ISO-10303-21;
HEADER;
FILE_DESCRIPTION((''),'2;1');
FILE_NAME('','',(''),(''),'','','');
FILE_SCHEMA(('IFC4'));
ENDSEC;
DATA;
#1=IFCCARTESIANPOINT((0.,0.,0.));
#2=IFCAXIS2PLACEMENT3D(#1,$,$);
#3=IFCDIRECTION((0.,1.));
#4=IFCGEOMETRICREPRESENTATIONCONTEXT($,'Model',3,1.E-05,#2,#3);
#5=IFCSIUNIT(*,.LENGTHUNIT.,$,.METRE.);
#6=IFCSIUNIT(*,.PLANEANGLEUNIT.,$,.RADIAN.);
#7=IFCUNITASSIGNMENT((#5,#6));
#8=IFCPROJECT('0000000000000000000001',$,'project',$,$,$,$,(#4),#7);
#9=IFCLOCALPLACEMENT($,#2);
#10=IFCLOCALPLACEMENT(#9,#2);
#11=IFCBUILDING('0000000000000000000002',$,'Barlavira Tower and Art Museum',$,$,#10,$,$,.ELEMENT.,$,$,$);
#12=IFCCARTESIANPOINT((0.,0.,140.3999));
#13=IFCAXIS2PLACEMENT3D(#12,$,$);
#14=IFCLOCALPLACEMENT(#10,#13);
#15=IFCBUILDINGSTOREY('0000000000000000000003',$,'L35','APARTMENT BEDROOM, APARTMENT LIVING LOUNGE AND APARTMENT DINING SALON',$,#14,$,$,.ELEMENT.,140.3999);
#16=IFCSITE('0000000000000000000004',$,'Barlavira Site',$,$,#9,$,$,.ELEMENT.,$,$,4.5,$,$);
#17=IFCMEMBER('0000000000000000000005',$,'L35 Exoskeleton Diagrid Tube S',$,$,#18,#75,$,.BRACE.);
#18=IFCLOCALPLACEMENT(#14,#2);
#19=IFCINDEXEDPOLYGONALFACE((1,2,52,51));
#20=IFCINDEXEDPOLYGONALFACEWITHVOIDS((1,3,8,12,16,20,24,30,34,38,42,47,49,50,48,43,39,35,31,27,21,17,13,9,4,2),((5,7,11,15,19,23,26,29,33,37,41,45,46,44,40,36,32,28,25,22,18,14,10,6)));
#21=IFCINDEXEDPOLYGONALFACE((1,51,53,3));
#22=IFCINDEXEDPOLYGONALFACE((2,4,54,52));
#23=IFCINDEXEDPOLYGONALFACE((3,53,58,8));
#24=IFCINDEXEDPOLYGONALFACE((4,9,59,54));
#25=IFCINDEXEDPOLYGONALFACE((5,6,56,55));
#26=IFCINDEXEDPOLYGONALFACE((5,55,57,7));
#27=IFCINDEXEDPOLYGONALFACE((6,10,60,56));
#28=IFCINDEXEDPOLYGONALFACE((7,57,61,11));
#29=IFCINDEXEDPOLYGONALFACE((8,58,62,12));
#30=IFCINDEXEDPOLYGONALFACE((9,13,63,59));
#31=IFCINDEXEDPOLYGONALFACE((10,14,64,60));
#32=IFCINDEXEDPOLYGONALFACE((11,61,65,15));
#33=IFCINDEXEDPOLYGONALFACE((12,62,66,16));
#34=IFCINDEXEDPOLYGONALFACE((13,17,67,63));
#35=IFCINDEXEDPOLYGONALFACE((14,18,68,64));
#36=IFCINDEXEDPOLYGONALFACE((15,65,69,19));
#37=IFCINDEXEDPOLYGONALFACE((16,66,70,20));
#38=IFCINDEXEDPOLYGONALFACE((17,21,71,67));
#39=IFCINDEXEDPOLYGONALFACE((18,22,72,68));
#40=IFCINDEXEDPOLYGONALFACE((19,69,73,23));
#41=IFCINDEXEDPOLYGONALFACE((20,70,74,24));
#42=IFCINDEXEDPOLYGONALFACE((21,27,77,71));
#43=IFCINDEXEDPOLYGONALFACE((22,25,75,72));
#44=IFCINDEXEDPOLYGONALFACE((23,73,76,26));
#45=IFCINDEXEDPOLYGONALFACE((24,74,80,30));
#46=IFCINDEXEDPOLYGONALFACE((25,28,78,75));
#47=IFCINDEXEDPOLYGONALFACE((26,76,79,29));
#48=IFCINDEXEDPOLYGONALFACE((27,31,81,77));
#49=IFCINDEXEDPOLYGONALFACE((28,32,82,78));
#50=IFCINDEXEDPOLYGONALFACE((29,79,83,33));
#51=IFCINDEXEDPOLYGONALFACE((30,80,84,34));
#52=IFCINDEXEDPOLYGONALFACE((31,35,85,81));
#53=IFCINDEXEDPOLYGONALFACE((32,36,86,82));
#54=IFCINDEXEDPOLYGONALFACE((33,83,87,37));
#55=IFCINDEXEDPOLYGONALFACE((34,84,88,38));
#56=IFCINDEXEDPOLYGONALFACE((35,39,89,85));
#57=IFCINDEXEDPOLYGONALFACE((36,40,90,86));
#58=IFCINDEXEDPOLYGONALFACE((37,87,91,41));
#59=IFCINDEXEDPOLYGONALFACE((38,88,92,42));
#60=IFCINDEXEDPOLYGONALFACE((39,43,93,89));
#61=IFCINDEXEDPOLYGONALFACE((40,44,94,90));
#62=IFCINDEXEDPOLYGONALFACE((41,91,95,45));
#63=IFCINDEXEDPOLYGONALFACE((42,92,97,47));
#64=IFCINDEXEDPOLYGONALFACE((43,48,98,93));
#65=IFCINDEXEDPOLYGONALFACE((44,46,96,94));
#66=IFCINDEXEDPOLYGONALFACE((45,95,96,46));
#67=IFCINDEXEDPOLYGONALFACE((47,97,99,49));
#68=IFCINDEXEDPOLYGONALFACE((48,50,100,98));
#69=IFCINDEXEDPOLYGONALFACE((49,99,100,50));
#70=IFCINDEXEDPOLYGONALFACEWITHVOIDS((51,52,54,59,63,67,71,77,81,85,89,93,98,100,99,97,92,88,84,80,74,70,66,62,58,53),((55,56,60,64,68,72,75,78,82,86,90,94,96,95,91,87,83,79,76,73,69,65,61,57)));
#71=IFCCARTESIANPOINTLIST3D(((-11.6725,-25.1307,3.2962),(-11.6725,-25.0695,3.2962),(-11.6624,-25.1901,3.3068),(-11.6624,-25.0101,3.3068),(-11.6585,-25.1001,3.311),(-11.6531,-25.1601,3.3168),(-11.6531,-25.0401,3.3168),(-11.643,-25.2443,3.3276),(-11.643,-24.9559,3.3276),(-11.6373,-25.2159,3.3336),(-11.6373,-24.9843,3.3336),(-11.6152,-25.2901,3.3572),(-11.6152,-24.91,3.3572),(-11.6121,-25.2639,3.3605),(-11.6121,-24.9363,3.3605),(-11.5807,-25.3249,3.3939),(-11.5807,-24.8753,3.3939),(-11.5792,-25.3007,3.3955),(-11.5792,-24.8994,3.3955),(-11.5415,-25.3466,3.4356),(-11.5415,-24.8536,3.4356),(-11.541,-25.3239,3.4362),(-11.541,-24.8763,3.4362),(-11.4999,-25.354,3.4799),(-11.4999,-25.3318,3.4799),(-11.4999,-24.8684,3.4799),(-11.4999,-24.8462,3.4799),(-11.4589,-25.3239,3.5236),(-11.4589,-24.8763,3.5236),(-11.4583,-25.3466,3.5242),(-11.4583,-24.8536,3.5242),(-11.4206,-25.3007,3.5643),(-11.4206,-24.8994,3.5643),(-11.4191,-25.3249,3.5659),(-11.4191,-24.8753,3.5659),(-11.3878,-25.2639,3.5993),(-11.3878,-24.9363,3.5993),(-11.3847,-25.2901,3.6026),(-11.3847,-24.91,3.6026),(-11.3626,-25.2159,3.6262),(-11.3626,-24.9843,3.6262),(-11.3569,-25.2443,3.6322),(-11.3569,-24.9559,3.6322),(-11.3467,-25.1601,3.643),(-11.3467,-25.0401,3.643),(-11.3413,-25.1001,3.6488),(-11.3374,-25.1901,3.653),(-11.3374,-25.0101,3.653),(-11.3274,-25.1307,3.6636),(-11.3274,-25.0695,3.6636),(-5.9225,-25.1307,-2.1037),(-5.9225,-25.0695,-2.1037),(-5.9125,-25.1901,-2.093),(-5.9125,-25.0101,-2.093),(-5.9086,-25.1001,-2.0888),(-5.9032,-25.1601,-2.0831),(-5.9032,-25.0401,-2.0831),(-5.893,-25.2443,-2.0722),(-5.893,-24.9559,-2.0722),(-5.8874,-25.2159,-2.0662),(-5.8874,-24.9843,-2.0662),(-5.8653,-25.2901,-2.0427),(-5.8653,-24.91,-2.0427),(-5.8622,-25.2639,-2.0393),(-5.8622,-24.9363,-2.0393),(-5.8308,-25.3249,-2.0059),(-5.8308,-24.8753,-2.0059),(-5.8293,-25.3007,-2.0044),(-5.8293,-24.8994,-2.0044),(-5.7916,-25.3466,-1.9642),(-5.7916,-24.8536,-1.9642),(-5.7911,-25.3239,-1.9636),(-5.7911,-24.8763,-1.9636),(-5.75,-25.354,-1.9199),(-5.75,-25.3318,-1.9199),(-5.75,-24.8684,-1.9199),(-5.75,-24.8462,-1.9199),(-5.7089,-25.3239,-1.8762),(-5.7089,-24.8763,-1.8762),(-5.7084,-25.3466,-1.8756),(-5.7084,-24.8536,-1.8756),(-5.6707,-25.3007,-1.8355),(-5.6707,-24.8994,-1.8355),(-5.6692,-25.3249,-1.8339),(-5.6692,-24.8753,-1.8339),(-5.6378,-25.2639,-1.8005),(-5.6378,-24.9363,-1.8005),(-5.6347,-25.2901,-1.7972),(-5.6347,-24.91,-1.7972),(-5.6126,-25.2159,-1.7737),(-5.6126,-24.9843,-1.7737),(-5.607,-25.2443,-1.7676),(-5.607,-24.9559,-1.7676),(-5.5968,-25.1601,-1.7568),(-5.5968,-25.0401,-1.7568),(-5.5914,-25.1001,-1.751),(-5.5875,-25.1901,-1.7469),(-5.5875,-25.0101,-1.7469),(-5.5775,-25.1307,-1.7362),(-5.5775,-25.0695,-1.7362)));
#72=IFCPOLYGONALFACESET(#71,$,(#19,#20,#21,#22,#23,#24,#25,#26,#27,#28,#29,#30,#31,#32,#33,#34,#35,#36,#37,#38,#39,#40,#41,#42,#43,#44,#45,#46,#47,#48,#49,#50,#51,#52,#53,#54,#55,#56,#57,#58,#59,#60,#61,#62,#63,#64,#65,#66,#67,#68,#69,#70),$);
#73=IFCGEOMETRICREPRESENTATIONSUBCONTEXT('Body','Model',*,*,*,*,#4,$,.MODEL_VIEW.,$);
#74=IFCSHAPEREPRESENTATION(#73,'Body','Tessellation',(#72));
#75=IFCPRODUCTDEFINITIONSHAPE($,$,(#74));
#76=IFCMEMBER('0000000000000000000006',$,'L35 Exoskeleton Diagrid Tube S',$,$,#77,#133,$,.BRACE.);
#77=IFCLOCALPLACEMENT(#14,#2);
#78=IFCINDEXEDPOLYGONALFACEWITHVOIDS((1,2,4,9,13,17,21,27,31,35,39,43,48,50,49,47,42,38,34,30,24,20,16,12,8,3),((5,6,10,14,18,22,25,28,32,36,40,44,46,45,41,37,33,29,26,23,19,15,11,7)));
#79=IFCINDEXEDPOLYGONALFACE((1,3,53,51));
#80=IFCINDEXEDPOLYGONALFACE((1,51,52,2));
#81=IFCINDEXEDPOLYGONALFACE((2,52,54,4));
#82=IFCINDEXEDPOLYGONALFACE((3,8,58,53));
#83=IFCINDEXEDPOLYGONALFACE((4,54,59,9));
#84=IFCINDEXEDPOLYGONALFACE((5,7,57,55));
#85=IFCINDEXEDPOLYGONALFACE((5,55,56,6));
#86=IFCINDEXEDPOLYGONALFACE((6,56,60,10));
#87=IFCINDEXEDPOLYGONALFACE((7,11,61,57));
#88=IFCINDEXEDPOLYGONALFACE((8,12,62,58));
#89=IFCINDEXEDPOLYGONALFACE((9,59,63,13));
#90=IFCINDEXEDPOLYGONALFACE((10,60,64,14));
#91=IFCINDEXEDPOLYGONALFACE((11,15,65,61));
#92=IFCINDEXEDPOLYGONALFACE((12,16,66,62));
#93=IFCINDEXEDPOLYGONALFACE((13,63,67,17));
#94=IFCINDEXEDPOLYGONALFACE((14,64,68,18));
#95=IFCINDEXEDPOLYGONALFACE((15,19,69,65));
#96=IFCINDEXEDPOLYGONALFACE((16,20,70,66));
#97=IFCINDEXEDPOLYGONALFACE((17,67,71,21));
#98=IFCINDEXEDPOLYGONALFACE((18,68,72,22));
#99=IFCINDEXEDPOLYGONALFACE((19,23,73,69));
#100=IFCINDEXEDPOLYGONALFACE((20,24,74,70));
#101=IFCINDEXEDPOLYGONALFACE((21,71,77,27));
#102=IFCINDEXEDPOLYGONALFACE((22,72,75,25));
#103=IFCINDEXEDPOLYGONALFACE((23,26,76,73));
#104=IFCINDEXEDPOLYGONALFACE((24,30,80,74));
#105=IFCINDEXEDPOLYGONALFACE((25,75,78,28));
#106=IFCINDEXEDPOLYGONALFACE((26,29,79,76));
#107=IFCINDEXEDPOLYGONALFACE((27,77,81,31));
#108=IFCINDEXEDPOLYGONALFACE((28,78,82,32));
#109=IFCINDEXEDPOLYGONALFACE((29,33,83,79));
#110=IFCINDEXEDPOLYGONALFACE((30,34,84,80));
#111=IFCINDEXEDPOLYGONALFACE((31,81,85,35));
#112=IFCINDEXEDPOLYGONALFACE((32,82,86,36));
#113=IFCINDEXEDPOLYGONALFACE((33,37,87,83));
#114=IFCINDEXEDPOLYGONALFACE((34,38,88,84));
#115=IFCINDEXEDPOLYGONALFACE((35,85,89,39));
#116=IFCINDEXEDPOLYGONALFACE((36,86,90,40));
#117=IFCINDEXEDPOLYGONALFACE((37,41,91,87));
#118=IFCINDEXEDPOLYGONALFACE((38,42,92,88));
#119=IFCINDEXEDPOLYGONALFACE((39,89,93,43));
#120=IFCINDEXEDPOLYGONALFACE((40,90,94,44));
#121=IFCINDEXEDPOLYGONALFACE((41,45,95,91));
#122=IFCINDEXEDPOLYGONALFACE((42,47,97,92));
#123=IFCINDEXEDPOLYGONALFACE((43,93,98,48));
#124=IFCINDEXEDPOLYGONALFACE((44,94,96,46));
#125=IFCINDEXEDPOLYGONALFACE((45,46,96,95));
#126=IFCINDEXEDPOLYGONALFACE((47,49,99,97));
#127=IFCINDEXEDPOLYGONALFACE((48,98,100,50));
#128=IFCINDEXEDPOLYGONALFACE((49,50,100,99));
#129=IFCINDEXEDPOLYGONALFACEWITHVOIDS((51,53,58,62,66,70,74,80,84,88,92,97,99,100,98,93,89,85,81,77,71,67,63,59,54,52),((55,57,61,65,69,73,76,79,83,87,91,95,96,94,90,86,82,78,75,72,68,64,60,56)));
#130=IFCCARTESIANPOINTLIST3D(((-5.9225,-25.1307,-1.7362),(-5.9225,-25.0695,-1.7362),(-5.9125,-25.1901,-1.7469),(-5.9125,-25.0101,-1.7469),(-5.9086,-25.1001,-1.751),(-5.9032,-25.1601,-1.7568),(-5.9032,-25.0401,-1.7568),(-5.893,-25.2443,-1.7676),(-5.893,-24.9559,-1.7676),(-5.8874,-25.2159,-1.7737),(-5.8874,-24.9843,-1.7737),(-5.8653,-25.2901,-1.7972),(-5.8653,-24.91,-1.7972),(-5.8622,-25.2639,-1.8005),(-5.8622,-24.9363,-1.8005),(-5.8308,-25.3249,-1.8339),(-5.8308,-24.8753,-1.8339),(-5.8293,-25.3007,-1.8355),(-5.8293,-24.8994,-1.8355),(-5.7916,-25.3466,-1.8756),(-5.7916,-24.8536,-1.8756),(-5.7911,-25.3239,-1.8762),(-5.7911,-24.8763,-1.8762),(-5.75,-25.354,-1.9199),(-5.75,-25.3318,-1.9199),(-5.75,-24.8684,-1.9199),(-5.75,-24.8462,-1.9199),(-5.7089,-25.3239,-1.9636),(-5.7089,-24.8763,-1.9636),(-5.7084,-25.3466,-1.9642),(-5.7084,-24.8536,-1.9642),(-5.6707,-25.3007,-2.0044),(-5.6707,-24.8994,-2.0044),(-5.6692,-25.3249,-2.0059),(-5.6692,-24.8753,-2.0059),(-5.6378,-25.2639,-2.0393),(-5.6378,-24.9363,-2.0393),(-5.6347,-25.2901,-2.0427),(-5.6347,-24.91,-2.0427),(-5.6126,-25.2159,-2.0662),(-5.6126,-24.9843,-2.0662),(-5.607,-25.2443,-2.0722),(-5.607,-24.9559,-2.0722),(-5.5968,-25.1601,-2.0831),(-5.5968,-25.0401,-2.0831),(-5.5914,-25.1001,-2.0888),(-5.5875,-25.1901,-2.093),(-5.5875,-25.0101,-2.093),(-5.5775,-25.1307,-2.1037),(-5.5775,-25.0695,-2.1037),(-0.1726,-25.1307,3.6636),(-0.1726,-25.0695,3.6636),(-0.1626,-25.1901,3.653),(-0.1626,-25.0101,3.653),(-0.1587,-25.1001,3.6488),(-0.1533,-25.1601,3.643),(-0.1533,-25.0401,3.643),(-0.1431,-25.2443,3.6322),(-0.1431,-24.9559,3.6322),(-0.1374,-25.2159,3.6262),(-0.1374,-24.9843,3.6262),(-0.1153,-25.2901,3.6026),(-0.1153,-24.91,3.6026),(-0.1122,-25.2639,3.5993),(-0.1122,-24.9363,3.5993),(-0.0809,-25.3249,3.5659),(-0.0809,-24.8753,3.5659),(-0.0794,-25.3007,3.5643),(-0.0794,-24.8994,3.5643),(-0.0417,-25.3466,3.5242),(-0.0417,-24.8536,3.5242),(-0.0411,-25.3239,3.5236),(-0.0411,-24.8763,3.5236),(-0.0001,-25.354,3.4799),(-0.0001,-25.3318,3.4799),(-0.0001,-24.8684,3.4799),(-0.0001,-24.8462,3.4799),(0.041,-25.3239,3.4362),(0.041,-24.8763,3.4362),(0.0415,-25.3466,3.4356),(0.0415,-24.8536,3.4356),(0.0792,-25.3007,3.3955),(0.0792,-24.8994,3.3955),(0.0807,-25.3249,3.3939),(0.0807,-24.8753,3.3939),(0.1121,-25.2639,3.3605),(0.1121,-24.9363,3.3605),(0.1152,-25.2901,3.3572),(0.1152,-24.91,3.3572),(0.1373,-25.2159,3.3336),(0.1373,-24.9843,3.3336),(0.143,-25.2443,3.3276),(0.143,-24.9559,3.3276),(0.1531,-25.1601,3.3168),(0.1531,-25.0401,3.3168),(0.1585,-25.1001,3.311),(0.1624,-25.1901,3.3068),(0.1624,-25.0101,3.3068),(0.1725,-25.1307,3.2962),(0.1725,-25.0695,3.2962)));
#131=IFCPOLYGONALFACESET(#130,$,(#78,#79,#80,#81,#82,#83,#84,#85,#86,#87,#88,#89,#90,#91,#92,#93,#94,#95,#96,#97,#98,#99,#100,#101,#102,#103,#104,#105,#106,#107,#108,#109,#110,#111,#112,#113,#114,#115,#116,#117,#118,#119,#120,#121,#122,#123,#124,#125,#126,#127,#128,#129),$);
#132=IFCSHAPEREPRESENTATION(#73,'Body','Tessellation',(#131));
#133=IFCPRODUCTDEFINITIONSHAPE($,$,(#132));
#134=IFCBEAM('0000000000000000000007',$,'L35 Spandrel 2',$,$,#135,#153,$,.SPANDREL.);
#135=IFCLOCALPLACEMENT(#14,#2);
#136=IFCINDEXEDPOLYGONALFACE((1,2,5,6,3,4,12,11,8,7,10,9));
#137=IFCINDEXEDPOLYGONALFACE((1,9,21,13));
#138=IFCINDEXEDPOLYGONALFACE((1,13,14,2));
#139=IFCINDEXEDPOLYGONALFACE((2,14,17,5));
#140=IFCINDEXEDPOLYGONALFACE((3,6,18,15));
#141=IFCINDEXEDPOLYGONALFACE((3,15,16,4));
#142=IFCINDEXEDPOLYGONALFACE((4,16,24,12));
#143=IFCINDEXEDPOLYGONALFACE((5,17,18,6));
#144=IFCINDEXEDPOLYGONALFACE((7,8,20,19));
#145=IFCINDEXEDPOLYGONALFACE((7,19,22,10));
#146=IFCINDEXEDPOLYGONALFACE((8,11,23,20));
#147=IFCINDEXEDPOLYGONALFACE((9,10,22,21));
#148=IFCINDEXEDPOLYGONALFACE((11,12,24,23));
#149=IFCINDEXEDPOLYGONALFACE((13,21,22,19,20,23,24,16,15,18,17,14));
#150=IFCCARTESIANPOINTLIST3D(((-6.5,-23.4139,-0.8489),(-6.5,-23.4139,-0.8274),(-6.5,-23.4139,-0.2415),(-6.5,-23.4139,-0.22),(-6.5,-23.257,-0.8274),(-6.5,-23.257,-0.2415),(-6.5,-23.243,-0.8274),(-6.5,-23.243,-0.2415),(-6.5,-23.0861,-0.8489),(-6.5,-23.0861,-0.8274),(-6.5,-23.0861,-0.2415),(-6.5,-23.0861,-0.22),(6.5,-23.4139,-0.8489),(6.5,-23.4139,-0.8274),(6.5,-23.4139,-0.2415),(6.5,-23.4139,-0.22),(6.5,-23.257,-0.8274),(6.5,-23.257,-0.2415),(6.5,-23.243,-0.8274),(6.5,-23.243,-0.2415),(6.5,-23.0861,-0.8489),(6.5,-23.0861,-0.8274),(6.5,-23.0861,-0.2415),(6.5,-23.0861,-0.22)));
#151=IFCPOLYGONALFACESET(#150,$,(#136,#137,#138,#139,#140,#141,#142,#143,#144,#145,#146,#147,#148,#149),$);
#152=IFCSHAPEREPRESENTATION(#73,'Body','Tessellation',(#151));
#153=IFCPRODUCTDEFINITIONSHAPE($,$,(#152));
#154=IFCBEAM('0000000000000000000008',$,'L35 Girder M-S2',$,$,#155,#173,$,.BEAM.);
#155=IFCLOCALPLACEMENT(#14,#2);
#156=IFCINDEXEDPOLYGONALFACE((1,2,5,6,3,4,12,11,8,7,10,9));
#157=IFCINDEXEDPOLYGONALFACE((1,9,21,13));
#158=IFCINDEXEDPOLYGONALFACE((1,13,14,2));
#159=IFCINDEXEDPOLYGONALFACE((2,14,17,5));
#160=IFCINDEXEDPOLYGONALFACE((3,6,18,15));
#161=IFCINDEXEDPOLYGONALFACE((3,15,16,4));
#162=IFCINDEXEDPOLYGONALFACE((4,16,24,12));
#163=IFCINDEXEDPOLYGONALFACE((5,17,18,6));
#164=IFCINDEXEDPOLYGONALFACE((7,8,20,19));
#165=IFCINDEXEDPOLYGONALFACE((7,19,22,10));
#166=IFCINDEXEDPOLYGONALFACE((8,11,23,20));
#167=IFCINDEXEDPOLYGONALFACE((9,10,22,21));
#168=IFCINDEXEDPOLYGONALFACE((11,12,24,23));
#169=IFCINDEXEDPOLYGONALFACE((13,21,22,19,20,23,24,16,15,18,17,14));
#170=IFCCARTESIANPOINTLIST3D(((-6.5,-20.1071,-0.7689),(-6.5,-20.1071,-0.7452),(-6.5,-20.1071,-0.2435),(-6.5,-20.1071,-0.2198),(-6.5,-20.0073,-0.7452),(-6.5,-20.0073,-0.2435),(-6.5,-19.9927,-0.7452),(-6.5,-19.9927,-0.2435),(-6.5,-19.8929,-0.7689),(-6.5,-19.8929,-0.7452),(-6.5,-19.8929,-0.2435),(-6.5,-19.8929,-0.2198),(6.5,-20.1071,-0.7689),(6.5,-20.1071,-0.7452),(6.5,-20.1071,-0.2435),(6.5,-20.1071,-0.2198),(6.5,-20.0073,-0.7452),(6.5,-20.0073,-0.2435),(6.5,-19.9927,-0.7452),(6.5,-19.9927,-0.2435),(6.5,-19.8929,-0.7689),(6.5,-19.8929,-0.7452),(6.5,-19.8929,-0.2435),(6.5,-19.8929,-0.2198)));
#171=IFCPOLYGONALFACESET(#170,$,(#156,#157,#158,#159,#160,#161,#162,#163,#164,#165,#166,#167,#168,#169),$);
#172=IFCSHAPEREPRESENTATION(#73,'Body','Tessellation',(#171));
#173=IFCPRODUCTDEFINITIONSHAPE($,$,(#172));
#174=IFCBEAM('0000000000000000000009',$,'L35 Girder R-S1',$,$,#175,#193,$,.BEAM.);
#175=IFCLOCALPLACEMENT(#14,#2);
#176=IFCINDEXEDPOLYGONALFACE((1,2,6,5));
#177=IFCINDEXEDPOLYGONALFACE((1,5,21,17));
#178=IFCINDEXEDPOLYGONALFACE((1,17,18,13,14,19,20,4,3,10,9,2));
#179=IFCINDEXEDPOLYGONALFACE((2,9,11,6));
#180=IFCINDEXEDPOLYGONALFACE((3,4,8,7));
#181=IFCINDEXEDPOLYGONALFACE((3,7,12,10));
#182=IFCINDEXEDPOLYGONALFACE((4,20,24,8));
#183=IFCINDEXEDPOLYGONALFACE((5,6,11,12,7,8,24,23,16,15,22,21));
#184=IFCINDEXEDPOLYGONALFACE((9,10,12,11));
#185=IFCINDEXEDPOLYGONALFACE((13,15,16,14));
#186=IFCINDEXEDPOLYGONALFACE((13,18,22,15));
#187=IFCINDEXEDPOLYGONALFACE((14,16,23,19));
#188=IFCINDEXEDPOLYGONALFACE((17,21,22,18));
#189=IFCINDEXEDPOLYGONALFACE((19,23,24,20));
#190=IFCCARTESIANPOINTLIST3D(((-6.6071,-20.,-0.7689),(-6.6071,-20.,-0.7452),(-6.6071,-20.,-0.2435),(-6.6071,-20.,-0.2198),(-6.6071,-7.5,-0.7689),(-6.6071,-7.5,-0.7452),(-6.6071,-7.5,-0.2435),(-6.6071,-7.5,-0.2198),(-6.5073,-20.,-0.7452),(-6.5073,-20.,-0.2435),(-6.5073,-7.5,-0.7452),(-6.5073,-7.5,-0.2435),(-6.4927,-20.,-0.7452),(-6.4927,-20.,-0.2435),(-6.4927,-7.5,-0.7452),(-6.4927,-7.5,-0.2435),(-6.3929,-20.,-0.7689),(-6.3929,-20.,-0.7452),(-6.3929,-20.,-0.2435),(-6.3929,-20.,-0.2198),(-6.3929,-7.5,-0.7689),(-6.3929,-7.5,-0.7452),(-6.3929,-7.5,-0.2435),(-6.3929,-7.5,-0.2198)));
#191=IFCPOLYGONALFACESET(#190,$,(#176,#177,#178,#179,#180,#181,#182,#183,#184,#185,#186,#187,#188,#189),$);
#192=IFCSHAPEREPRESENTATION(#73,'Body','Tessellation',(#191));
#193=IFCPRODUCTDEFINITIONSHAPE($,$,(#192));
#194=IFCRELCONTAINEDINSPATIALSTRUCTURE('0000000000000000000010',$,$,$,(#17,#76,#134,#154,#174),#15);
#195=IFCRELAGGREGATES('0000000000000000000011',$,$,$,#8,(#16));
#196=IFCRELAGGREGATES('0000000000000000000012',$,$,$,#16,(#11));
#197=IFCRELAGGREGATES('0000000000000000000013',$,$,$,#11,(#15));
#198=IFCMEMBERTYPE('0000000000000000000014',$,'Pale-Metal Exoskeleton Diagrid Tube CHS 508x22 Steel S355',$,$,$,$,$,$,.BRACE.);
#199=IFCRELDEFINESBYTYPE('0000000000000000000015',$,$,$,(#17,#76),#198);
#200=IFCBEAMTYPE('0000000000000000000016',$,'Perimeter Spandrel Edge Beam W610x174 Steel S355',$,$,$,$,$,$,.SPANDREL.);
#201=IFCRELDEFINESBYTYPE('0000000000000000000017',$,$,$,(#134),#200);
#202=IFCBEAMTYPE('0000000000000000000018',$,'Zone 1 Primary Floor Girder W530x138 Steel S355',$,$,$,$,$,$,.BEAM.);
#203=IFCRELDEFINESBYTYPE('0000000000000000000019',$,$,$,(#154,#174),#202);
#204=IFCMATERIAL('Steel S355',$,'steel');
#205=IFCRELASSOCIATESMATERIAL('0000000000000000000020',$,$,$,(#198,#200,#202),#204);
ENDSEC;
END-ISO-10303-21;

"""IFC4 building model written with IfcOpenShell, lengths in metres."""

from ifc_helpers import new_model, si_unit, direction, frame, origin, origin_2d, place, context, subcontext, project, spatial, hollow_circle, i_section, extrude, material, material_profile, profile_set, type_object, element, save


model = new_model("IFC4")

# Units and contexts
model_context = context("Model", 3, precision=1e-05, world=origin(), true_north=direction((0.0, 1.0)))
body_context = subcontext(model_context, "Body", "Model", "MODEL_VIEW")
ifc_project = project(units=[si_unit("LENGTHUNIT", "METRE"), si_unit("PLANEANGLEUNIT", "RADIAN")], contexts=[model_context])

# Site, building, storey
site_placement = place(None, origin())
site = spatial("IfcSite", under=ifc_project, at=site_placement, Name="Barlavira Site", CompositionType="ELEMENT", RefElevation=4.5)
building_placement = place(site_placement, origin())
building = spatial("IfcBuilding", under=site, at=building_placement, Name="Barlavira Tower and Art Museum", CompositionType="ELEMENT")
storey_placement = place(building_placement, frame((0.0, 0.0, 140.3999)))
storey = spatial("IfcBuildingStorey", under=building, at=storey_placement, Name="L35", Description="APARTMENT BEDROOM, APARTMENT LIVING LOUNGE AND APARTMENT DINING SALON", CompositionType="ELEMENT", Elevation=140.3999)

# Members
ifc_material_1 = material(Name="Steel S355", Category="steel")
ifc_material_profile_1 = material_profile(ifc_material_1, hollow_circle(Radius=0.2539, WallThickness=0.0222, at=origin_2d()), Name="CHS 508.0x22.2")
ifc_profile_set_1 = profile_set([ifc_material_profile_1], Name="Steel S355")
member_type_1 = type_object("IfcMemberType", Name="Pale-Metal Exoskeleton Diagrid Tube CHS 508x22 Steel S355", PredefinedType="BRACE", material=ifc_profile_set_1)
for number, where, z_axis, x_axis, name in (
    (1, (-5.75, -25.1001, -1.9199), (-0.72895, 0.0, 0.684567), (0.0, -1.0, 0.0), "L35 Exoskeleton Diagrid Tube S"),
    (2, (-5.75, -25.1001, -1.9199), (0.72895, 0.0, 0.684567), (0.0, 1.0, 0.0), "L35 Exoskeleton Diagrid Tube S"),
):
    element("IfcMember", number, at=place(storey_placement, frame(where, z_axis=z_axis, x_axis=x_axis)), inside=storey, type_object=member_type_1, Name=name, PredefinedType="BRACE", context=body_context, shape_type="SweptSolid", body=[
        extrude(hollow_circle(Radius=0.2539, WallThickness=0.0222, at=origin_2d()), origin(), (0.0, 0.0, 1.0), 7.8879),
    ])

# Beams
ifc_material_profile_2 = material_profile(ifc_material_1, i_section(OverallWidth=0.3279, OverallDepth=0.6289, WebThickness=0.0139, FlangeThickness=0.0215, at=origin_2d()), Name="W610x174.0")
ifc_profile_set_2 = profile_set([ifc_material_profile_2], Name="Steel S355")
beam_type_1 = type_object("IfcBeamType", Name="Perimeter Spandrel Edge Beam W610x174 Steel S355", PredefinedType="SPANDREL", material=ifc_profile_set_2)
beam_1_placement = place(storey_placement, frame((-6.5, -23.25, -0.5344), z_axis=(1.0, 0.0, 0.0), x_axis=(0.0, 1.0, 0.0)))
element("IfcBeam", 3, at=beam_1_placement, inside=storey, type_object=beam_type_1, Name="L35 Spandrel 2", PredefinedType="SPANDREL", context=body_context, shape_type="SweptSolid", body=[
    extrude(i_section(OverallWidth=0.3279, OverallDepth=0.6289, WebThickness=0.0139, FlangeThickness=0.0215, at=origin_2d()), origin(), (0.0, 0.0, 1.0), 13.0),
])
ifc_material_profile_3 = material_profile(ifc_material_1, i_section(OverallWidth=0.2141, OverallDepth=0.5491, WebThickness=0.0146, FlangeThickness=0.0237, at=origin_2d()), Name="W530x138.0")
ifc_profile_set_3 = profile_set([ifc_material_profile_3], Name="Steel S355")
beam_type_2 = type_object("IfcBeamType", Name="Zone 1 Primary Floor Girder W530x138 Steel S355", PredefinedType="BEAM", material=ifc_profile_set_3)
beam_2_placement = place(storey_placement, frame((-6.5, -20.0, -0.4944), z_axis=(1.0, 0.0, 0.0), x_axis=(0.0, 1.0, 0.0)))
element("IfcBeam", 4, at=beam_2_placement, inside=storey, type_object=beam_type_2, Name="L35 Girder M-S2", PredefinedType="BEAM", context=body_context, shape_type="SweptSolid", body=[
    extrude(i_section(OverallWidth=0.2141, OverallDepth=0.5491, WebThickness=0.0146, FlangeThickness=0.0237, at=origin_2d()), origin(), (0.0, 0.0, 1.0), 13.0),
])
beam_3_placement = place(storey_placement, frame((-6.5, -20.0, -0.4944), z_axis=(0.0, 1.0, 0.0), x_axis=(-1.0, 0.0, 0.0)))
element("IfcBeam", 5, at=beam_3_placement, inside=storey, type_object=beam_type_2, Name="L35 Girder R-S1", PredefinedType="BEAM", context=body_context, shape_type="SweptSolid", body=[
    extrude(i_section(OverallWidth=0.2141, OverallDepth=0.5491, WebThickness=0.0146, FlangeThickness=0.0237, at=origin_2d()), origin(), (0.0, 0.0, 1.0), 12.5),
])

save(model, "model.ifc")
